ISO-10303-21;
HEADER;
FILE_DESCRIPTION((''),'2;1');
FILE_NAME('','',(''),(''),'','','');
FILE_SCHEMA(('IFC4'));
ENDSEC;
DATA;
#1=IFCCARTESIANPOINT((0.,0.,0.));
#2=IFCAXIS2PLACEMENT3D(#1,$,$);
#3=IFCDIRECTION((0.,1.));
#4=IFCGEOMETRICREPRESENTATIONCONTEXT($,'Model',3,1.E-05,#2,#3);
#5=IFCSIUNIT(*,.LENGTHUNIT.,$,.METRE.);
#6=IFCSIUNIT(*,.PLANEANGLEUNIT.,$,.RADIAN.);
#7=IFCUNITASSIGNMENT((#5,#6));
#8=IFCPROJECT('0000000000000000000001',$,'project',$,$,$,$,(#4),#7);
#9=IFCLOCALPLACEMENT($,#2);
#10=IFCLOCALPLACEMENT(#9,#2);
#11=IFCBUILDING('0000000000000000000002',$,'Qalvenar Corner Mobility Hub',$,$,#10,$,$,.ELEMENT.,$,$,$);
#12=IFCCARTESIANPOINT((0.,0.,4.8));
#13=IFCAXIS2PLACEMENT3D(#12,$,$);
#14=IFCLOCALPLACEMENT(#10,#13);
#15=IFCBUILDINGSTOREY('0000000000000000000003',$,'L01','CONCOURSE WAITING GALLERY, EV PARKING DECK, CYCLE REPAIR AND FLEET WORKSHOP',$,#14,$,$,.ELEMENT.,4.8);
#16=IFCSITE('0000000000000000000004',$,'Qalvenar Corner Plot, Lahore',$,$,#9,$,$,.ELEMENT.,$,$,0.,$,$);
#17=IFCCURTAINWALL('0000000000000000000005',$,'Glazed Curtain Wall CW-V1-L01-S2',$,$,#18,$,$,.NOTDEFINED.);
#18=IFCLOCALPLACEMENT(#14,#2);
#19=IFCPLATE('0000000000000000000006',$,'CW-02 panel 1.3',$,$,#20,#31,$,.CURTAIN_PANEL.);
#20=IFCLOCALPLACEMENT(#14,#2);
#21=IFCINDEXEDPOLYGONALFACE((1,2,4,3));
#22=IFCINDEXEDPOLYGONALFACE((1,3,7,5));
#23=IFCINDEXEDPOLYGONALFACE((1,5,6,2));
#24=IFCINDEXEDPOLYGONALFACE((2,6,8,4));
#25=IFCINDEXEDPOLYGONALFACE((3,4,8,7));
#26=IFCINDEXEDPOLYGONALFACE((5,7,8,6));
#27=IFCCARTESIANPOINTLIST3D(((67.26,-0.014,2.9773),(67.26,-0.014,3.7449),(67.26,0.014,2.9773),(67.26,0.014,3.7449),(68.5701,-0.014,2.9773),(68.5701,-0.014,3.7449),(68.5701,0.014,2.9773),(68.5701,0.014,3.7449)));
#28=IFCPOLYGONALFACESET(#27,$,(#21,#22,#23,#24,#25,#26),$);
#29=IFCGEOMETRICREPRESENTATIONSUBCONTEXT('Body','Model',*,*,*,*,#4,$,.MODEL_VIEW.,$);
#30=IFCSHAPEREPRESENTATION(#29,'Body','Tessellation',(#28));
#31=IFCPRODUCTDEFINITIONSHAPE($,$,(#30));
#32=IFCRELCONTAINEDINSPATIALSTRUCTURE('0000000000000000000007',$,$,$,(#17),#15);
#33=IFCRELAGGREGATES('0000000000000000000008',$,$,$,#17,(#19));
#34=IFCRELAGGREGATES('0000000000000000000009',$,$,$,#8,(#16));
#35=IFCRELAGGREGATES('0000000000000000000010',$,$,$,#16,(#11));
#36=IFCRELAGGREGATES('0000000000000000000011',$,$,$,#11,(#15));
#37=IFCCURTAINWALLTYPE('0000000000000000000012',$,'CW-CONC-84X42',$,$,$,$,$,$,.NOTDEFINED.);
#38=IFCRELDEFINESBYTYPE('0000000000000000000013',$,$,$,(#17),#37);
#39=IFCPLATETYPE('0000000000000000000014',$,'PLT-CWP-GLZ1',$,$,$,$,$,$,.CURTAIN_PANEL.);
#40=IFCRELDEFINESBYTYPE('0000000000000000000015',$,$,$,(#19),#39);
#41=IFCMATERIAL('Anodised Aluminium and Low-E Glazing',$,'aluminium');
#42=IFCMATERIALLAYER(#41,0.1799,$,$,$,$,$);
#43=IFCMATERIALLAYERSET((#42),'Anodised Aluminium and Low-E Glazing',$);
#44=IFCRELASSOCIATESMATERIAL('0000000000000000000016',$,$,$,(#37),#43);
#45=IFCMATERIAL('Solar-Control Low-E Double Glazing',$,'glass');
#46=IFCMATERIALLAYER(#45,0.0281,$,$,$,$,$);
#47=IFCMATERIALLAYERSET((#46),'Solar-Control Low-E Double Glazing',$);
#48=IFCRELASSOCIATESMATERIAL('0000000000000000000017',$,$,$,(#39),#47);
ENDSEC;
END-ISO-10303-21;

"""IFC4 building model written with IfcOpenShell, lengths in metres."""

from ifc_helpers import new_model, si_unit, direction, frame, origin, origin_2d, place, context, subcontext, project, spatial, rectangle, extrude, material, layer, layer_set, type_object, element, aggregate, save


model = new_model("IFC4")

# Units and contexts
model_context = context("Model", 3, precision=1e-05, world=origin(), true_north=direction((0.0, 1.0)))
body_context = subcontext(model_context, "Body", "Model", "MODEL_VIEW")
ifc_project = project(units=[si_unit("LENGTHUNIT", "METRE"), si_unit("PLANEANGLEUNIT", "RADIAN")], contexts=[model_context])

# Site, building, storey
site_placement = place(None, origin())
site = spatial("IfcSite", under=ifc_project, at=site_placement, Name="Qalvenar Corner Plot, Lahore", CompositionType="ELEMENT", RefElevation=0.0)
building_placement = place(site_placement, origin())
building = spatial("IfcBuilding", under=site, at=building_placement, Name="Qalvenar Corner Mobility Hub", CompositionType="ELEMENT")
storey_placement = place(building_placement, frame((0.0, 0.0, 4.8)))
storey = spatial("IfcBuildingStorey", under=building, at=storey_placement, Name="L01", Description="CONCOURSE WAITING GALLERY, EV PARKING DECK, CYCLE REPAIR AND FLEET WORKSHOP", CompositionType="ELEMENT", Elevation=4.8)

# Curtain wall
ifc_material_1 = material(Name="Anodised Aluminium and Low-E Glazing", Category="aluminium")
ifc_layer_1 = layer(ifc_material_1, 0.1799)
ifc_layer_set_1 = layer_set([ifc_layer_1], Name="Anodised Aluminium and Low-E Glazing")
curtain_wall_type = type_object("IfcCurtainWallType", Name="CW-CONC-84X42", PredefinedType="NOTDEFINED", material=ifc_layer_set_1)
curtain_wall_1_placement = place(storey_placement, origin())
curtain_wall_1 = element("IfcCurtainWall", 1, at=curtain_wall_1_placement, inside=storey, type_object=curtain_wall_type, Name="Glazed Curtain Wall CW-V1-L01-S2", PredefinedType="NOTDEFINED")

# Plate
ifc_material_2 = material(Name="Solar-Control Low-E Double Glazing", Category="glass")
ifc_layer_2 = layer(ifc_material_2, 0.0281)
ifc_layer_set_2 = layer_set([ifc_layer_2], Name="Solar-Control Low-E Double Glazing")
plate_type = type_object("IfcPlateType", Name="PLT-CWP-GLZ1", PredefinedType="CURTAIN_PANEL", material=ifc_layer_set_2)
plate_1_placement = place(storey_placement, frame((67.915, 0.0, 2.9773), z_axis=(0.0, 0.0, 1.0), x_axis=(1.0, 0.0, 0.0)))
plate_1 = element("IfcPlate", 2, at=plate_1_placement, type_object=plate_type, Name="CW-02 panel 1.3", PredefinedType="CURTAIN_PANEL", context=body_context, shape_type="SweptSolid", body=[
    extrude(rectangle(XDim=1.3101, YDim=0.0281, at=origin_2d()), origin(), (0.0, 0.0, 1.0), 0.7676),
])
aggregate(curtain_wall_1, [plate_1])

save(model, "model.ifc")
